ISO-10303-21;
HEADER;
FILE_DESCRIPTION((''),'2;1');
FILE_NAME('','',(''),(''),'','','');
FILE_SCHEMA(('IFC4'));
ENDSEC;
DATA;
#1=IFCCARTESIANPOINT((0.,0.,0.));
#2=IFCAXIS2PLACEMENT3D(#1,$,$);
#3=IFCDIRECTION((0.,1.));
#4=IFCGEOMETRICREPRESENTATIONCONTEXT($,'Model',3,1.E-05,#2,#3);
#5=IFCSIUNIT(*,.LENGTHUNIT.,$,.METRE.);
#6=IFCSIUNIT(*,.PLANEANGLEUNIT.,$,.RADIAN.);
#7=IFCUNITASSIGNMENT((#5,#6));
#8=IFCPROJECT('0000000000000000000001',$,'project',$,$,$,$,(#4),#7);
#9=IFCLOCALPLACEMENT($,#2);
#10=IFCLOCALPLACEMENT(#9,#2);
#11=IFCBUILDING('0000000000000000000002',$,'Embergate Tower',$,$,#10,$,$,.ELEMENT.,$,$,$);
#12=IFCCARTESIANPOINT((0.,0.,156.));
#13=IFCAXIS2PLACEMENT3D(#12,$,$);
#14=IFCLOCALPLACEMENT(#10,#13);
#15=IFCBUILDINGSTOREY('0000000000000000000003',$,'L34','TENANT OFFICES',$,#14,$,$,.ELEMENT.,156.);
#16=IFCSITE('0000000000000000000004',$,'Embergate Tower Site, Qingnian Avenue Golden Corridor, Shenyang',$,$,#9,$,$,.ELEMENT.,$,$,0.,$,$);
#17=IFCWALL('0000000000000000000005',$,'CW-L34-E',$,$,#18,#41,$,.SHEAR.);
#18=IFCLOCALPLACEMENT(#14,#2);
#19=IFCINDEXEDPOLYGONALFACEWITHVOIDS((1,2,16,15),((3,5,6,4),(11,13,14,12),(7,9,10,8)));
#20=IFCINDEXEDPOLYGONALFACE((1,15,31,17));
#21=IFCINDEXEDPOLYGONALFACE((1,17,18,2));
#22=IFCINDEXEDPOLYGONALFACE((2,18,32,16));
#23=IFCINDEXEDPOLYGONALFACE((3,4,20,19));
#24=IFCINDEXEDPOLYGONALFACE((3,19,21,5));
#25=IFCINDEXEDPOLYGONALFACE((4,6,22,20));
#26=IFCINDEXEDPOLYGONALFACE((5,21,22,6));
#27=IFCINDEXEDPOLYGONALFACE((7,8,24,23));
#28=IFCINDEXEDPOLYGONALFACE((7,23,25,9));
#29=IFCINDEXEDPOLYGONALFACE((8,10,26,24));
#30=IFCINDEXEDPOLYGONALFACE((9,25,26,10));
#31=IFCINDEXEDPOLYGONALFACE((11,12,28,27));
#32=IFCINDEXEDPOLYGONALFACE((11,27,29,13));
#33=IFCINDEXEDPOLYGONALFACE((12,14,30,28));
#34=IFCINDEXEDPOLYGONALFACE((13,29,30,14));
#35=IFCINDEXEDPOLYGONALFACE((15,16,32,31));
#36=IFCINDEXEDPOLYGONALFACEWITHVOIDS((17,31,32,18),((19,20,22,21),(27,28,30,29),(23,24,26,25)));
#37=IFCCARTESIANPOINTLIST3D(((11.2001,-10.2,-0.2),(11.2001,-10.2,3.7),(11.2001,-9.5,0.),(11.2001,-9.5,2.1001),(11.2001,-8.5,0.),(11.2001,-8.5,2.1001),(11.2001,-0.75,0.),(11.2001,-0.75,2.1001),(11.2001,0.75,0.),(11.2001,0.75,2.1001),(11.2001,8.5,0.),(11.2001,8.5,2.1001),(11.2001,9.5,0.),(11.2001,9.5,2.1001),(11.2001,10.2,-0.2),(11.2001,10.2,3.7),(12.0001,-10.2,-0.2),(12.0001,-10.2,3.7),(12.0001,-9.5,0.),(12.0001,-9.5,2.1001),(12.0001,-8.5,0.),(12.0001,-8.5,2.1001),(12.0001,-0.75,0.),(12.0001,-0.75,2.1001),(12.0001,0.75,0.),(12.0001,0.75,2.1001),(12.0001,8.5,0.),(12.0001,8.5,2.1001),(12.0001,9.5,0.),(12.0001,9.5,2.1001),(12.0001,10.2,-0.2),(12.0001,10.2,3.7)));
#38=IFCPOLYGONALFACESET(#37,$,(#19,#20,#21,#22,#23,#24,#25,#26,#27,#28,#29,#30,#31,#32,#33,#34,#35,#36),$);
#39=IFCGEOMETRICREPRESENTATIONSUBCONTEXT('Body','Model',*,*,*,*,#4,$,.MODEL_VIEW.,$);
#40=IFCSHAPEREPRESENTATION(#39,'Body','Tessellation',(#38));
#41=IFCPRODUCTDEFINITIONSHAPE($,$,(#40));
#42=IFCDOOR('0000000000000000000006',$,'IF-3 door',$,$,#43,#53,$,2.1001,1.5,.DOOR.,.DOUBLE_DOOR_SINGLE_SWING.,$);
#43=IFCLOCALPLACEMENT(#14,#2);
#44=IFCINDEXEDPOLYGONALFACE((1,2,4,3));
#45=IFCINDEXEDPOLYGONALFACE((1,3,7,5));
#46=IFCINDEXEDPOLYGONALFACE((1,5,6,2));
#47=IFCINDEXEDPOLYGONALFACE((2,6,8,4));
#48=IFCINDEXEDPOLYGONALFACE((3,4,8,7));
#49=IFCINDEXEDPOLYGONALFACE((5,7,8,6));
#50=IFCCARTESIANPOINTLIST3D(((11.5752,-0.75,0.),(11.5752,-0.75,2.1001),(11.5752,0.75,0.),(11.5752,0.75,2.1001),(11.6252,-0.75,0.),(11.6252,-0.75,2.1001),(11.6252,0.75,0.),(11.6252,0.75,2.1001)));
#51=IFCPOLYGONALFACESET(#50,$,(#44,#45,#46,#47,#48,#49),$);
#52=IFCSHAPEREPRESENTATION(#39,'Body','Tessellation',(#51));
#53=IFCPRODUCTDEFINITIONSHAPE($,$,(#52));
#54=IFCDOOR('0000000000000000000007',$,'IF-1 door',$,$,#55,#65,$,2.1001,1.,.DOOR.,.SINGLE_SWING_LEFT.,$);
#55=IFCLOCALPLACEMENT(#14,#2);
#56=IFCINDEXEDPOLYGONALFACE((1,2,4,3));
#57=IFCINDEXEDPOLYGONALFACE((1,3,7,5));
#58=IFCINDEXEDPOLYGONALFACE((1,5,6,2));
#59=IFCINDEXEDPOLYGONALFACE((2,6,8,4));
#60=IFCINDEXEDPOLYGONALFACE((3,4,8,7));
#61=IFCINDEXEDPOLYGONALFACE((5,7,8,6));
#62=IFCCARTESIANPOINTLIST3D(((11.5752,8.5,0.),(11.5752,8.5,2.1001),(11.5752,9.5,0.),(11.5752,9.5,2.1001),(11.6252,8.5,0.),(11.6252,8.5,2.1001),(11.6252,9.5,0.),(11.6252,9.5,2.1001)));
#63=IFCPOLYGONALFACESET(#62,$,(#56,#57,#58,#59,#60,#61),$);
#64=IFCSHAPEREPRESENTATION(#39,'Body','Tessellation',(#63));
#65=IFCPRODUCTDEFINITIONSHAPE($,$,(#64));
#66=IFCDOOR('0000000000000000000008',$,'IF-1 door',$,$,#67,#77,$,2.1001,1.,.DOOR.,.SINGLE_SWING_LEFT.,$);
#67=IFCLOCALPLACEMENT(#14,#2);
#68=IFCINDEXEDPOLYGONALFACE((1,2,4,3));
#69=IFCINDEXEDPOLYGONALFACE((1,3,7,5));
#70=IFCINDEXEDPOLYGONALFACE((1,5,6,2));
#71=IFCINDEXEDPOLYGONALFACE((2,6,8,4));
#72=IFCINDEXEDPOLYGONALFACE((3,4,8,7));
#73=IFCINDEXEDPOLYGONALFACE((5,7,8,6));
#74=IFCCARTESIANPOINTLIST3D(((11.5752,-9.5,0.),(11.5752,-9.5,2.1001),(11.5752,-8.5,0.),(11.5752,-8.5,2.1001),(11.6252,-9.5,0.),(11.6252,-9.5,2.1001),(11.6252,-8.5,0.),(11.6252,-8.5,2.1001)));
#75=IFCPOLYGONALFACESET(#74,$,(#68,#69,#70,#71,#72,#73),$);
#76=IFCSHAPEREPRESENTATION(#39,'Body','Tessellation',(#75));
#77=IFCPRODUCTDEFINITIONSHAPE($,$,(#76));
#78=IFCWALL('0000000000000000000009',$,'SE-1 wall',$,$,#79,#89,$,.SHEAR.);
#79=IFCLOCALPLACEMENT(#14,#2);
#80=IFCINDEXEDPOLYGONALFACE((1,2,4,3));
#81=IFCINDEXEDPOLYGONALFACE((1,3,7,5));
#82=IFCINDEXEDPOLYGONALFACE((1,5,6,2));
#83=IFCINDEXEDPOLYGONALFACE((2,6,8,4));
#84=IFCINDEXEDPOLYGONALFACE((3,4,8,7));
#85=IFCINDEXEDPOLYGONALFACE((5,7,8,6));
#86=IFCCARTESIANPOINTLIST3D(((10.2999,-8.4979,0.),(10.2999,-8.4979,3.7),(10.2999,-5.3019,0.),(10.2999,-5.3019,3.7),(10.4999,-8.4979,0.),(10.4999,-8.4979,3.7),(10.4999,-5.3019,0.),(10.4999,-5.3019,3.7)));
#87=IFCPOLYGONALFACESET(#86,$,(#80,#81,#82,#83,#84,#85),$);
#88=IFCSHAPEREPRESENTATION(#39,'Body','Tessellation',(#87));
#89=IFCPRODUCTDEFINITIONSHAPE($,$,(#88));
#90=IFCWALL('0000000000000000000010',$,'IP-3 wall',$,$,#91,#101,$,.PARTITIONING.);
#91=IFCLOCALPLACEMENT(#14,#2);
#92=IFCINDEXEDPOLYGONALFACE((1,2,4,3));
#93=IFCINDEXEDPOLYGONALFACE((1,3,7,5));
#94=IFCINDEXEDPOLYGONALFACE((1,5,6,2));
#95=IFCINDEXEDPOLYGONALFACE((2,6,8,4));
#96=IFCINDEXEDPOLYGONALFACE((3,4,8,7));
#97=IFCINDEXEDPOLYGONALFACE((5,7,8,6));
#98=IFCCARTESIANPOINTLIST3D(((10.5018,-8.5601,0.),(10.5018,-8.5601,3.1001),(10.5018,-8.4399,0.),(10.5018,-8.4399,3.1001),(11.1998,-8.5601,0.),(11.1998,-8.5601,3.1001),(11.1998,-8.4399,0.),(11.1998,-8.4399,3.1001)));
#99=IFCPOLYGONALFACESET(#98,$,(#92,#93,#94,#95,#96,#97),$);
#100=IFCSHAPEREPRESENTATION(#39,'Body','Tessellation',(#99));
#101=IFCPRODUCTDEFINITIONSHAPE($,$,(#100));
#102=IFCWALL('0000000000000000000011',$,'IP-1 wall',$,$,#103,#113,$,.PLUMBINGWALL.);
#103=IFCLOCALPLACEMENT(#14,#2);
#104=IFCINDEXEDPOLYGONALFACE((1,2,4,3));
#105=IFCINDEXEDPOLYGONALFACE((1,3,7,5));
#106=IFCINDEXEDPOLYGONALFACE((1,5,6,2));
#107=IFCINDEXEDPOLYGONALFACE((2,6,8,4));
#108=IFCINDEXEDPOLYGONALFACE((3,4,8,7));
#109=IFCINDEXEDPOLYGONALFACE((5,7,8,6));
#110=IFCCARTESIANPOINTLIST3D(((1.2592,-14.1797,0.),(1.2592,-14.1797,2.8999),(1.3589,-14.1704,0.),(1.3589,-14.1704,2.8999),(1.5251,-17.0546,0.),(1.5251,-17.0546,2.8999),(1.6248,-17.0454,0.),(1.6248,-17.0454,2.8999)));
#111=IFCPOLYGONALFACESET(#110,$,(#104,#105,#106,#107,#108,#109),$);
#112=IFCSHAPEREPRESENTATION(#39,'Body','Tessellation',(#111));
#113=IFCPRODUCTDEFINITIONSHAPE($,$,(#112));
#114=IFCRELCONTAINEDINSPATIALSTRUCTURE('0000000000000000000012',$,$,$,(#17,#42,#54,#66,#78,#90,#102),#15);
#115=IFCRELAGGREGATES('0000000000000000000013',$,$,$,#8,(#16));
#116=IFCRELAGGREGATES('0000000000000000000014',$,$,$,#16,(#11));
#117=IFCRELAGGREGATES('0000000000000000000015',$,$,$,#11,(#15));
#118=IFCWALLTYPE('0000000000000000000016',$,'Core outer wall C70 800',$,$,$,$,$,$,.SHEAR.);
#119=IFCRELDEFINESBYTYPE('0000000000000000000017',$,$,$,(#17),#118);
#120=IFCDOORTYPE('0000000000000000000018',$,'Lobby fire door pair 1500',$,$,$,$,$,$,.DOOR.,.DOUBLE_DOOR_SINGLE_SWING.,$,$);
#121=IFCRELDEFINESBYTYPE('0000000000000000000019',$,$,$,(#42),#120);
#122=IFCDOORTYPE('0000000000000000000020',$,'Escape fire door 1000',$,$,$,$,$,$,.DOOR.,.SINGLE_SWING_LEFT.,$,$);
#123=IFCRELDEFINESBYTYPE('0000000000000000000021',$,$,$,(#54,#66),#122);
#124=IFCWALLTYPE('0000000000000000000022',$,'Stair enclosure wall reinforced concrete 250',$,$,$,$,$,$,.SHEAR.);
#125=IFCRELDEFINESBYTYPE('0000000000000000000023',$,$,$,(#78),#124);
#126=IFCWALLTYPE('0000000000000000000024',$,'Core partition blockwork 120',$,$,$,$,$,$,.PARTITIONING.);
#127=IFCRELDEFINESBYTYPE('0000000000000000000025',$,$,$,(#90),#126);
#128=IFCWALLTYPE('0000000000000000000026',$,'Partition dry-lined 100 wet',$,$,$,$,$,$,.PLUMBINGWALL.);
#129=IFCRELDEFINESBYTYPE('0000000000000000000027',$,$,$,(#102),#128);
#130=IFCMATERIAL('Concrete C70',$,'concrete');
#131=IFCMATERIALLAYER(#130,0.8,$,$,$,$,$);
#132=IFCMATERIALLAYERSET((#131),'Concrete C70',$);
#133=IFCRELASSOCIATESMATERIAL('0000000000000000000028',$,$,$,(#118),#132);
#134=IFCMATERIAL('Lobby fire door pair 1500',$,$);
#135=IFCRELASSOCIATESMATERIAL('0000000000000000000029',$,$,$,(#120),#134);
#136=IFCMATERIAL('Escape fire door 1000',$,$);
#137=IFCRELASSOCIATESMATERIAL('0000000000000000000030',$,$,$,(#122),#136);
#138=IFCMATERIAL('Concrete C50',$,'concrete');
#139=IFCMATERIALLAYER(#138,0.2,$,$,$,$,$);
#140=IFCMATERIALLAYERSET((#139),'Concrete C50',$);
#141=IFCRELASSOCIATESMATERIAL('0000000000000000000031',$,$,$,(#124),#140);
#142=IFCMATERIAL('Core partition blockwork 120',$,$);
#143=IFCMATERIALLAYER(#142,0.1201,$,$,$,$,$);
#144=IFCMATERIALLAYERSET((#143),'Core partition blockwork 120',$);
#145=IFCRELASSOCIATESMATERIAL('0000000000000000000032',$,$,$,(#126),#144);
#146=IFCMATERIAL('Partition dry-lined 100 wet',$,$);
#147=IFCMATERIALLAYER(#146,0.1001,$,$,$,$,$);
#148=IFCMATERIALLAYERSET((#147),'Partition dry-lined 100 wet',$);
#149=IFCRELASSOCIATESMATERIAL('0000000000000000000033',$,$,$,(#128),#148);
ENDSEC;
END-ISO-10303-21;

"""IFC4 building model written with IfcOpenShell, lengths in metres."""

from ifc_helpers import new_model, si_unit, direction, frame, frame_2d, origin, place, context, subcontext, project, spatial, rectangle, extrude, source, transform, mapped, material, layer, layer_set, type_object, element, fill, save


model = new_model("IFC4")

# Units and contexts
model_context = context("Model", 3, precision=1e-05, world=origin(), true_north=direction((0.0, 1.0)))
body_context = subcontext(model_context, "Body", "Model", "MODEL_VIEW")
ifc_project = project(units=[si_unit("LENGTHUNIT", "METRE"), si_unit("PLANEANGLEUNIT", "RADIAN")], contexts=[model_context])

# Site, building, storey
site_placement = place(None, origin())
site = spatial("IfcSite", under=ifc_project, at=site_placement, Name="Embergate Tower Site, Qingnian Avenue Golden Corridor, Shenyang", CompositionType="ELEMENT", RefElevation=0.0)
building_placement = place(site_placement, origin())
building = spatial("IfcBuilding", under=site, at=building_placement, Name="Embergate Tower", CompositionType="ELEMENT")
storey_placement = place(building_placement, frame((0.0, 0.0, 156.0)))
storey = spatial("IfcBuildingStorey", under=building, at=storey_placement, Name="L34", Description="TENANT OFFICES", CompositionType="ELEMENT", Elevation=156.0)

# Shared definitions
ifc_material_1 = material(Name="Concrete C70", Category="concrete")

# Wall, openings, doors
ifc_layer_1 = layer(ifc_material_1, 0.8)
ifc_layer_set_1 = layer_set([ifc_layer_1], Name="Concrete C70")
wall_type_1 = type_object("IfcWallType", Name="Core outer wall C70 800", PredefinedType="SHEAR", material=ifc_layer_set_1)
shared_shape_1 = source(origin(), body_context, "Body", "SweptSolid", [
    extrude(rectangle(XDim=20.3999, YDim=0.8, at=frame_2d((10.2, 0.0))), origin(), (0.0, 0.0, 1.0), 3.8999),
])
wall_1_placement = place(storey_placement, frame((11.6001, -10.2, -0.2), z_axis=(0.0, 0.0, 1.0), x_axis=(0.0, 1.0, 0.0)))
wall_1 = element("IfcWall", 1, at=wall_1_placement, inside=storey, type_object=wall_type_1, Name="CW-L34-E", PredefinedType="SHEAR", context=body_context, shape_type="MappedRepresentation", body=[
    mapped(shared_shape_1, transform((0.0, 0.0, 0.0))),
])
shared_shape_2 = source(origin(), body_context, "Body", "SweptSolid", [
    extrude(rectangle(XDim=1.0, YDim=2.1001, at=frame_2d((0.5, 1.05))), frame((0.0, 0.4099, 0.0), z_axis=(0.0, -1.0, 0.0), x_axis=(1.0, 0.0, 0.0)), (0.0, 0.0, 1.0), 0.8201),
])
opening_1_placement = place(wall_1_placement, frame((18.7, 0.0, 0.2)))
opening_1 = element("IfcOpeningElement", 2, at=opening_1_placement, cuts=wall_1, PredefinedType="OPENING", context=body_context, shape_type="MappedRepresentation", body=[
    mapped(shared_shape_2, transform((0.0, 0.0, 0.0))),
])
opening_2_placement = place(wall_1_placement, frame((0.7, 0.0, 0.2)))
opening_2 = element("IfcOpeningElement", 3, at=opening_2_placement, cuts=wall_1, PredefinedType="OPENING", context=body_context, shape_type="MappedRepresentation", body=[
    mapped(shared_shape_2, transform((0.0, 0.0, 0.0))),
])
shared_shape_3 = source(origin(), body_context, "Body", "SweptSolid", [
    extrude(rectangle(XDim=1.5, YDim=2.1001, at=frame_2d((0.75, 1.05))), frame((0.0, 0.4099, 0.0), z_axis=(0.0, -1.0, 0.0), x_axis=(1.0, 0.0, 0.0)), (0.0, 0.0, 1.0), 0.8201),
])
opening_3_placement = place(wall_1_placement, frame((9.45, 0.0, 0.2)))
opening_3 = element("IfcOpeningElement", 4, at=opening_3_placement, cuts=wall_1, PredefinedType="OPENING", context=body_context, shape_type="MappedRepresentation", body=[
    mapped(shared_shape_3, transform((0.0, 0.0, 0.0))),
])
ifc_material_2 = material(Name="Lobby fire door pair 1500")
door_type_1 = type_object("IfcDoorType", Name="Lobby fire door pair 1500", OperationType="DOUBLE_DOOR_SINGLE_SWING", PredefinedType="DOOR", material=ifc_material_2)
shared_shape_4 = source(origin(), body_context, "Body", "SweptSolid", [
    extrude(rectangle(XDim=1.5, YDim=2.1001, at=frame_2d((0.75, 1.05))), frame((0.0, 0.0249, 0.0), z_axis=(0.0, -1.0, 0.0), x_axis=(1.0, 0.0, 0.0)), (0.0, 0.0, 1.0), 0.05),
])
door_1_placement = place(opening_3_placement, origin())
door_1 = element("IfcDoor", 5, at=door_1_placement, inside=storey, type_object=door_type_1, Name="IF-3 door", OperationType="DOUBLE_DOOR_SINGLE_SWING", OverallHeight=2.1001, OverallWidth=1.5, PredefinedType="DOOR", context=body_context, shape_type="MappedRepresentation", body=[
    mapped(shared_shape_4, transform((0.0, 0.0, 0.0))),
])
fill(opening_3, door_1)
ifc_material_3 = material(Name="Escape fire door 1000")
door_type_2 = type_object("IfcDoorType", Name="Escape fire door 1000", OperationType="SINGLE_SWING_LEFT", PredefinedType="DOOR", material=ifc_material_3)
shared_shape_5 = source(origin(), body_context, "Body", "SweptSolid", [
    extrude(rectangle(XDim=1.0, YDim=2.1001, at=frame_2d((0.5, 1.05))), frame((0.0, 0.0249, 0.0), z_axis=(0.0, -1.0, 0.0), x_axis=(1.0, 0.0, 0.0)), (0.0, 0.0, 1.0), 0.05),
])
door_2_placement = place(opening_1_placement, origin())
door_2 = element("IfcDoor", 6, at=door_2_placement, inside=storey, type_object=door_type_2, Name="IF-1 door", OperationType="SINGLE_SWING_LEFT", OverallHeight=2.1001, OverallWidth=1.0, PredefinedType="DOOR", context=body_context, shape_type="MappedRepresentation", body=[
    mapped(shared_shape_5, transform((0.0, 0.0, 0.0))),
])
fill(opening_1, door_2)
door_3_placement = place(opening_2_placement, origin())
door_3 = element("IfcDoor", 7, at=door_3_placement, inside=storey, type_object=door_type_2, Name="IF-1 door", OperationType="SINGLE_SWING_LEFT", OverallHeight=2.1001, OverallWidth=1.0, PredefinedType="DOOR", context=body_context, shape_type="MappedRepresentation", body=[
    mapped(shared_shape_5, transform((0.0, 0.0, 0.0))),
])
fill(opening_2, door_3)

# Walls
ifc_material_4 = material(Name="Concrete C50", Category="concrete")
ifc_layer_2 = layer(ifc_material_4, 0.2)
ifc_layer_set_2 = layer_set([ifc_layer_2], Name="Concrete C50")
wall_type_2 = type_object("IfcWallType", Name="Stair enclosure wall reinforced concrete 250", PredefinedType="SHEAR", material=ifc_layer_set_2)
shared_shape_6 = source(origin(), body_context, "Body", "SweptSolid", [
    extrude(rectangle(XDim=3.196, YDim=0.2, at=frame_2d((1.5981, 0.0))), origin(), (0.0, 0.0, 1.0), 3.7),
])
wall_2_placement = place(storey_placement, frame((10.3999, -8.498, 0.0), z_axis=(0.0, 0.0, 1.0), x_axis=(0.0, 1.0, 0.0)))
element("IfcWall", 8, at=wall_2_placement, inside=storey, type_object=wall_type_2, Name="SE-1 wall", PredefinedType="SHEAR", context=body_context, shape_type="MappedRepresentation", body=[
    mapped(shared_shape_6, transform((0.0, 0.0, 0.0))),
])
ifc_material_5 = material(Name="Core partition blockwork 120")
ifc_layer_3 = layer(ifc_material_5, 0.1201)
ifc_layer_set_3 = layer_set([ifc_layer_3], Name="Core partition blockwork 120")
wall_type_3 = type_object("IfcWallType", Name="Core partition blockwork 120", PredefinedType="PARTITIONING", material=ifc_layer_set_3)
shared_shape_7 = source(origin(), body_context, "Body", "SweptSolid", [
    extrude(rectangle(XDim=0.698, YDim=0.1201, at=frame_2d((0.3491, 0.0))), origin(), (0.0, 0.0, 1.0), 3.1001),
])
wall_3_placement = place(storey_placement, frame((11.2, -8.5, 0.0), z_axis=(0.0, 0.0, 1.0), x_axis=(-1.0, 0.0, 0.0)))
element("IfcWall", 9, at=wall_3_placement, inside=storey, type_object=wall_type_3, Name="IP-3 wall", PredefinedType="PARTITIONING", context=body_context, shape_type="MappedRepresentation", body=[
    mapped(shared_shape_7, transform((0.0, 0.0, 0.0))),
])
ifc_material_6 = material(Name="Partition dry-lined 100 wet")
ifc_layer_4 = layer(ifc_material_6, 0.1001)
ifc_layer_set_4 = layer_set([ifc_layer_4], Name="Partition dry-lined 100 wet")
wall_type_4 = type_object("IfcWallType", Name="Partition dry-lined 100 wet", PredefinedType="PLUMBINGWALL", material=ifc_layer_set_4)
shared_shape_8 = source(origin(), body_context, "Body", "SweptSolid", [
    extrude(rectangle(XDim=2.8872, YDim=0.1001, at=frame_2d((1.4436, 0.0))), origin(), (0.0, 0.0, 1.0), 2.8999),
])
wall_4_placement = place(storey_placement, frame((1.3091, -14.175, 0.0), z_axis=(0.0, 0.0, 1.0), x_axis=(0.092083, -0.995751, 0.0)))
element("IfcWall", 10, at=wall_4_placement, inside=storey, type_object=wall_type_4, Name="IP-1 wall", PredefinedType="PLUMBINGWALL", context=body_context, shape_type="MappedRepresentation", body=[
    mapped(shared_shape_8, transform((0.0, 0.0, 0.0))),
])

save(model, "model.ifc")
